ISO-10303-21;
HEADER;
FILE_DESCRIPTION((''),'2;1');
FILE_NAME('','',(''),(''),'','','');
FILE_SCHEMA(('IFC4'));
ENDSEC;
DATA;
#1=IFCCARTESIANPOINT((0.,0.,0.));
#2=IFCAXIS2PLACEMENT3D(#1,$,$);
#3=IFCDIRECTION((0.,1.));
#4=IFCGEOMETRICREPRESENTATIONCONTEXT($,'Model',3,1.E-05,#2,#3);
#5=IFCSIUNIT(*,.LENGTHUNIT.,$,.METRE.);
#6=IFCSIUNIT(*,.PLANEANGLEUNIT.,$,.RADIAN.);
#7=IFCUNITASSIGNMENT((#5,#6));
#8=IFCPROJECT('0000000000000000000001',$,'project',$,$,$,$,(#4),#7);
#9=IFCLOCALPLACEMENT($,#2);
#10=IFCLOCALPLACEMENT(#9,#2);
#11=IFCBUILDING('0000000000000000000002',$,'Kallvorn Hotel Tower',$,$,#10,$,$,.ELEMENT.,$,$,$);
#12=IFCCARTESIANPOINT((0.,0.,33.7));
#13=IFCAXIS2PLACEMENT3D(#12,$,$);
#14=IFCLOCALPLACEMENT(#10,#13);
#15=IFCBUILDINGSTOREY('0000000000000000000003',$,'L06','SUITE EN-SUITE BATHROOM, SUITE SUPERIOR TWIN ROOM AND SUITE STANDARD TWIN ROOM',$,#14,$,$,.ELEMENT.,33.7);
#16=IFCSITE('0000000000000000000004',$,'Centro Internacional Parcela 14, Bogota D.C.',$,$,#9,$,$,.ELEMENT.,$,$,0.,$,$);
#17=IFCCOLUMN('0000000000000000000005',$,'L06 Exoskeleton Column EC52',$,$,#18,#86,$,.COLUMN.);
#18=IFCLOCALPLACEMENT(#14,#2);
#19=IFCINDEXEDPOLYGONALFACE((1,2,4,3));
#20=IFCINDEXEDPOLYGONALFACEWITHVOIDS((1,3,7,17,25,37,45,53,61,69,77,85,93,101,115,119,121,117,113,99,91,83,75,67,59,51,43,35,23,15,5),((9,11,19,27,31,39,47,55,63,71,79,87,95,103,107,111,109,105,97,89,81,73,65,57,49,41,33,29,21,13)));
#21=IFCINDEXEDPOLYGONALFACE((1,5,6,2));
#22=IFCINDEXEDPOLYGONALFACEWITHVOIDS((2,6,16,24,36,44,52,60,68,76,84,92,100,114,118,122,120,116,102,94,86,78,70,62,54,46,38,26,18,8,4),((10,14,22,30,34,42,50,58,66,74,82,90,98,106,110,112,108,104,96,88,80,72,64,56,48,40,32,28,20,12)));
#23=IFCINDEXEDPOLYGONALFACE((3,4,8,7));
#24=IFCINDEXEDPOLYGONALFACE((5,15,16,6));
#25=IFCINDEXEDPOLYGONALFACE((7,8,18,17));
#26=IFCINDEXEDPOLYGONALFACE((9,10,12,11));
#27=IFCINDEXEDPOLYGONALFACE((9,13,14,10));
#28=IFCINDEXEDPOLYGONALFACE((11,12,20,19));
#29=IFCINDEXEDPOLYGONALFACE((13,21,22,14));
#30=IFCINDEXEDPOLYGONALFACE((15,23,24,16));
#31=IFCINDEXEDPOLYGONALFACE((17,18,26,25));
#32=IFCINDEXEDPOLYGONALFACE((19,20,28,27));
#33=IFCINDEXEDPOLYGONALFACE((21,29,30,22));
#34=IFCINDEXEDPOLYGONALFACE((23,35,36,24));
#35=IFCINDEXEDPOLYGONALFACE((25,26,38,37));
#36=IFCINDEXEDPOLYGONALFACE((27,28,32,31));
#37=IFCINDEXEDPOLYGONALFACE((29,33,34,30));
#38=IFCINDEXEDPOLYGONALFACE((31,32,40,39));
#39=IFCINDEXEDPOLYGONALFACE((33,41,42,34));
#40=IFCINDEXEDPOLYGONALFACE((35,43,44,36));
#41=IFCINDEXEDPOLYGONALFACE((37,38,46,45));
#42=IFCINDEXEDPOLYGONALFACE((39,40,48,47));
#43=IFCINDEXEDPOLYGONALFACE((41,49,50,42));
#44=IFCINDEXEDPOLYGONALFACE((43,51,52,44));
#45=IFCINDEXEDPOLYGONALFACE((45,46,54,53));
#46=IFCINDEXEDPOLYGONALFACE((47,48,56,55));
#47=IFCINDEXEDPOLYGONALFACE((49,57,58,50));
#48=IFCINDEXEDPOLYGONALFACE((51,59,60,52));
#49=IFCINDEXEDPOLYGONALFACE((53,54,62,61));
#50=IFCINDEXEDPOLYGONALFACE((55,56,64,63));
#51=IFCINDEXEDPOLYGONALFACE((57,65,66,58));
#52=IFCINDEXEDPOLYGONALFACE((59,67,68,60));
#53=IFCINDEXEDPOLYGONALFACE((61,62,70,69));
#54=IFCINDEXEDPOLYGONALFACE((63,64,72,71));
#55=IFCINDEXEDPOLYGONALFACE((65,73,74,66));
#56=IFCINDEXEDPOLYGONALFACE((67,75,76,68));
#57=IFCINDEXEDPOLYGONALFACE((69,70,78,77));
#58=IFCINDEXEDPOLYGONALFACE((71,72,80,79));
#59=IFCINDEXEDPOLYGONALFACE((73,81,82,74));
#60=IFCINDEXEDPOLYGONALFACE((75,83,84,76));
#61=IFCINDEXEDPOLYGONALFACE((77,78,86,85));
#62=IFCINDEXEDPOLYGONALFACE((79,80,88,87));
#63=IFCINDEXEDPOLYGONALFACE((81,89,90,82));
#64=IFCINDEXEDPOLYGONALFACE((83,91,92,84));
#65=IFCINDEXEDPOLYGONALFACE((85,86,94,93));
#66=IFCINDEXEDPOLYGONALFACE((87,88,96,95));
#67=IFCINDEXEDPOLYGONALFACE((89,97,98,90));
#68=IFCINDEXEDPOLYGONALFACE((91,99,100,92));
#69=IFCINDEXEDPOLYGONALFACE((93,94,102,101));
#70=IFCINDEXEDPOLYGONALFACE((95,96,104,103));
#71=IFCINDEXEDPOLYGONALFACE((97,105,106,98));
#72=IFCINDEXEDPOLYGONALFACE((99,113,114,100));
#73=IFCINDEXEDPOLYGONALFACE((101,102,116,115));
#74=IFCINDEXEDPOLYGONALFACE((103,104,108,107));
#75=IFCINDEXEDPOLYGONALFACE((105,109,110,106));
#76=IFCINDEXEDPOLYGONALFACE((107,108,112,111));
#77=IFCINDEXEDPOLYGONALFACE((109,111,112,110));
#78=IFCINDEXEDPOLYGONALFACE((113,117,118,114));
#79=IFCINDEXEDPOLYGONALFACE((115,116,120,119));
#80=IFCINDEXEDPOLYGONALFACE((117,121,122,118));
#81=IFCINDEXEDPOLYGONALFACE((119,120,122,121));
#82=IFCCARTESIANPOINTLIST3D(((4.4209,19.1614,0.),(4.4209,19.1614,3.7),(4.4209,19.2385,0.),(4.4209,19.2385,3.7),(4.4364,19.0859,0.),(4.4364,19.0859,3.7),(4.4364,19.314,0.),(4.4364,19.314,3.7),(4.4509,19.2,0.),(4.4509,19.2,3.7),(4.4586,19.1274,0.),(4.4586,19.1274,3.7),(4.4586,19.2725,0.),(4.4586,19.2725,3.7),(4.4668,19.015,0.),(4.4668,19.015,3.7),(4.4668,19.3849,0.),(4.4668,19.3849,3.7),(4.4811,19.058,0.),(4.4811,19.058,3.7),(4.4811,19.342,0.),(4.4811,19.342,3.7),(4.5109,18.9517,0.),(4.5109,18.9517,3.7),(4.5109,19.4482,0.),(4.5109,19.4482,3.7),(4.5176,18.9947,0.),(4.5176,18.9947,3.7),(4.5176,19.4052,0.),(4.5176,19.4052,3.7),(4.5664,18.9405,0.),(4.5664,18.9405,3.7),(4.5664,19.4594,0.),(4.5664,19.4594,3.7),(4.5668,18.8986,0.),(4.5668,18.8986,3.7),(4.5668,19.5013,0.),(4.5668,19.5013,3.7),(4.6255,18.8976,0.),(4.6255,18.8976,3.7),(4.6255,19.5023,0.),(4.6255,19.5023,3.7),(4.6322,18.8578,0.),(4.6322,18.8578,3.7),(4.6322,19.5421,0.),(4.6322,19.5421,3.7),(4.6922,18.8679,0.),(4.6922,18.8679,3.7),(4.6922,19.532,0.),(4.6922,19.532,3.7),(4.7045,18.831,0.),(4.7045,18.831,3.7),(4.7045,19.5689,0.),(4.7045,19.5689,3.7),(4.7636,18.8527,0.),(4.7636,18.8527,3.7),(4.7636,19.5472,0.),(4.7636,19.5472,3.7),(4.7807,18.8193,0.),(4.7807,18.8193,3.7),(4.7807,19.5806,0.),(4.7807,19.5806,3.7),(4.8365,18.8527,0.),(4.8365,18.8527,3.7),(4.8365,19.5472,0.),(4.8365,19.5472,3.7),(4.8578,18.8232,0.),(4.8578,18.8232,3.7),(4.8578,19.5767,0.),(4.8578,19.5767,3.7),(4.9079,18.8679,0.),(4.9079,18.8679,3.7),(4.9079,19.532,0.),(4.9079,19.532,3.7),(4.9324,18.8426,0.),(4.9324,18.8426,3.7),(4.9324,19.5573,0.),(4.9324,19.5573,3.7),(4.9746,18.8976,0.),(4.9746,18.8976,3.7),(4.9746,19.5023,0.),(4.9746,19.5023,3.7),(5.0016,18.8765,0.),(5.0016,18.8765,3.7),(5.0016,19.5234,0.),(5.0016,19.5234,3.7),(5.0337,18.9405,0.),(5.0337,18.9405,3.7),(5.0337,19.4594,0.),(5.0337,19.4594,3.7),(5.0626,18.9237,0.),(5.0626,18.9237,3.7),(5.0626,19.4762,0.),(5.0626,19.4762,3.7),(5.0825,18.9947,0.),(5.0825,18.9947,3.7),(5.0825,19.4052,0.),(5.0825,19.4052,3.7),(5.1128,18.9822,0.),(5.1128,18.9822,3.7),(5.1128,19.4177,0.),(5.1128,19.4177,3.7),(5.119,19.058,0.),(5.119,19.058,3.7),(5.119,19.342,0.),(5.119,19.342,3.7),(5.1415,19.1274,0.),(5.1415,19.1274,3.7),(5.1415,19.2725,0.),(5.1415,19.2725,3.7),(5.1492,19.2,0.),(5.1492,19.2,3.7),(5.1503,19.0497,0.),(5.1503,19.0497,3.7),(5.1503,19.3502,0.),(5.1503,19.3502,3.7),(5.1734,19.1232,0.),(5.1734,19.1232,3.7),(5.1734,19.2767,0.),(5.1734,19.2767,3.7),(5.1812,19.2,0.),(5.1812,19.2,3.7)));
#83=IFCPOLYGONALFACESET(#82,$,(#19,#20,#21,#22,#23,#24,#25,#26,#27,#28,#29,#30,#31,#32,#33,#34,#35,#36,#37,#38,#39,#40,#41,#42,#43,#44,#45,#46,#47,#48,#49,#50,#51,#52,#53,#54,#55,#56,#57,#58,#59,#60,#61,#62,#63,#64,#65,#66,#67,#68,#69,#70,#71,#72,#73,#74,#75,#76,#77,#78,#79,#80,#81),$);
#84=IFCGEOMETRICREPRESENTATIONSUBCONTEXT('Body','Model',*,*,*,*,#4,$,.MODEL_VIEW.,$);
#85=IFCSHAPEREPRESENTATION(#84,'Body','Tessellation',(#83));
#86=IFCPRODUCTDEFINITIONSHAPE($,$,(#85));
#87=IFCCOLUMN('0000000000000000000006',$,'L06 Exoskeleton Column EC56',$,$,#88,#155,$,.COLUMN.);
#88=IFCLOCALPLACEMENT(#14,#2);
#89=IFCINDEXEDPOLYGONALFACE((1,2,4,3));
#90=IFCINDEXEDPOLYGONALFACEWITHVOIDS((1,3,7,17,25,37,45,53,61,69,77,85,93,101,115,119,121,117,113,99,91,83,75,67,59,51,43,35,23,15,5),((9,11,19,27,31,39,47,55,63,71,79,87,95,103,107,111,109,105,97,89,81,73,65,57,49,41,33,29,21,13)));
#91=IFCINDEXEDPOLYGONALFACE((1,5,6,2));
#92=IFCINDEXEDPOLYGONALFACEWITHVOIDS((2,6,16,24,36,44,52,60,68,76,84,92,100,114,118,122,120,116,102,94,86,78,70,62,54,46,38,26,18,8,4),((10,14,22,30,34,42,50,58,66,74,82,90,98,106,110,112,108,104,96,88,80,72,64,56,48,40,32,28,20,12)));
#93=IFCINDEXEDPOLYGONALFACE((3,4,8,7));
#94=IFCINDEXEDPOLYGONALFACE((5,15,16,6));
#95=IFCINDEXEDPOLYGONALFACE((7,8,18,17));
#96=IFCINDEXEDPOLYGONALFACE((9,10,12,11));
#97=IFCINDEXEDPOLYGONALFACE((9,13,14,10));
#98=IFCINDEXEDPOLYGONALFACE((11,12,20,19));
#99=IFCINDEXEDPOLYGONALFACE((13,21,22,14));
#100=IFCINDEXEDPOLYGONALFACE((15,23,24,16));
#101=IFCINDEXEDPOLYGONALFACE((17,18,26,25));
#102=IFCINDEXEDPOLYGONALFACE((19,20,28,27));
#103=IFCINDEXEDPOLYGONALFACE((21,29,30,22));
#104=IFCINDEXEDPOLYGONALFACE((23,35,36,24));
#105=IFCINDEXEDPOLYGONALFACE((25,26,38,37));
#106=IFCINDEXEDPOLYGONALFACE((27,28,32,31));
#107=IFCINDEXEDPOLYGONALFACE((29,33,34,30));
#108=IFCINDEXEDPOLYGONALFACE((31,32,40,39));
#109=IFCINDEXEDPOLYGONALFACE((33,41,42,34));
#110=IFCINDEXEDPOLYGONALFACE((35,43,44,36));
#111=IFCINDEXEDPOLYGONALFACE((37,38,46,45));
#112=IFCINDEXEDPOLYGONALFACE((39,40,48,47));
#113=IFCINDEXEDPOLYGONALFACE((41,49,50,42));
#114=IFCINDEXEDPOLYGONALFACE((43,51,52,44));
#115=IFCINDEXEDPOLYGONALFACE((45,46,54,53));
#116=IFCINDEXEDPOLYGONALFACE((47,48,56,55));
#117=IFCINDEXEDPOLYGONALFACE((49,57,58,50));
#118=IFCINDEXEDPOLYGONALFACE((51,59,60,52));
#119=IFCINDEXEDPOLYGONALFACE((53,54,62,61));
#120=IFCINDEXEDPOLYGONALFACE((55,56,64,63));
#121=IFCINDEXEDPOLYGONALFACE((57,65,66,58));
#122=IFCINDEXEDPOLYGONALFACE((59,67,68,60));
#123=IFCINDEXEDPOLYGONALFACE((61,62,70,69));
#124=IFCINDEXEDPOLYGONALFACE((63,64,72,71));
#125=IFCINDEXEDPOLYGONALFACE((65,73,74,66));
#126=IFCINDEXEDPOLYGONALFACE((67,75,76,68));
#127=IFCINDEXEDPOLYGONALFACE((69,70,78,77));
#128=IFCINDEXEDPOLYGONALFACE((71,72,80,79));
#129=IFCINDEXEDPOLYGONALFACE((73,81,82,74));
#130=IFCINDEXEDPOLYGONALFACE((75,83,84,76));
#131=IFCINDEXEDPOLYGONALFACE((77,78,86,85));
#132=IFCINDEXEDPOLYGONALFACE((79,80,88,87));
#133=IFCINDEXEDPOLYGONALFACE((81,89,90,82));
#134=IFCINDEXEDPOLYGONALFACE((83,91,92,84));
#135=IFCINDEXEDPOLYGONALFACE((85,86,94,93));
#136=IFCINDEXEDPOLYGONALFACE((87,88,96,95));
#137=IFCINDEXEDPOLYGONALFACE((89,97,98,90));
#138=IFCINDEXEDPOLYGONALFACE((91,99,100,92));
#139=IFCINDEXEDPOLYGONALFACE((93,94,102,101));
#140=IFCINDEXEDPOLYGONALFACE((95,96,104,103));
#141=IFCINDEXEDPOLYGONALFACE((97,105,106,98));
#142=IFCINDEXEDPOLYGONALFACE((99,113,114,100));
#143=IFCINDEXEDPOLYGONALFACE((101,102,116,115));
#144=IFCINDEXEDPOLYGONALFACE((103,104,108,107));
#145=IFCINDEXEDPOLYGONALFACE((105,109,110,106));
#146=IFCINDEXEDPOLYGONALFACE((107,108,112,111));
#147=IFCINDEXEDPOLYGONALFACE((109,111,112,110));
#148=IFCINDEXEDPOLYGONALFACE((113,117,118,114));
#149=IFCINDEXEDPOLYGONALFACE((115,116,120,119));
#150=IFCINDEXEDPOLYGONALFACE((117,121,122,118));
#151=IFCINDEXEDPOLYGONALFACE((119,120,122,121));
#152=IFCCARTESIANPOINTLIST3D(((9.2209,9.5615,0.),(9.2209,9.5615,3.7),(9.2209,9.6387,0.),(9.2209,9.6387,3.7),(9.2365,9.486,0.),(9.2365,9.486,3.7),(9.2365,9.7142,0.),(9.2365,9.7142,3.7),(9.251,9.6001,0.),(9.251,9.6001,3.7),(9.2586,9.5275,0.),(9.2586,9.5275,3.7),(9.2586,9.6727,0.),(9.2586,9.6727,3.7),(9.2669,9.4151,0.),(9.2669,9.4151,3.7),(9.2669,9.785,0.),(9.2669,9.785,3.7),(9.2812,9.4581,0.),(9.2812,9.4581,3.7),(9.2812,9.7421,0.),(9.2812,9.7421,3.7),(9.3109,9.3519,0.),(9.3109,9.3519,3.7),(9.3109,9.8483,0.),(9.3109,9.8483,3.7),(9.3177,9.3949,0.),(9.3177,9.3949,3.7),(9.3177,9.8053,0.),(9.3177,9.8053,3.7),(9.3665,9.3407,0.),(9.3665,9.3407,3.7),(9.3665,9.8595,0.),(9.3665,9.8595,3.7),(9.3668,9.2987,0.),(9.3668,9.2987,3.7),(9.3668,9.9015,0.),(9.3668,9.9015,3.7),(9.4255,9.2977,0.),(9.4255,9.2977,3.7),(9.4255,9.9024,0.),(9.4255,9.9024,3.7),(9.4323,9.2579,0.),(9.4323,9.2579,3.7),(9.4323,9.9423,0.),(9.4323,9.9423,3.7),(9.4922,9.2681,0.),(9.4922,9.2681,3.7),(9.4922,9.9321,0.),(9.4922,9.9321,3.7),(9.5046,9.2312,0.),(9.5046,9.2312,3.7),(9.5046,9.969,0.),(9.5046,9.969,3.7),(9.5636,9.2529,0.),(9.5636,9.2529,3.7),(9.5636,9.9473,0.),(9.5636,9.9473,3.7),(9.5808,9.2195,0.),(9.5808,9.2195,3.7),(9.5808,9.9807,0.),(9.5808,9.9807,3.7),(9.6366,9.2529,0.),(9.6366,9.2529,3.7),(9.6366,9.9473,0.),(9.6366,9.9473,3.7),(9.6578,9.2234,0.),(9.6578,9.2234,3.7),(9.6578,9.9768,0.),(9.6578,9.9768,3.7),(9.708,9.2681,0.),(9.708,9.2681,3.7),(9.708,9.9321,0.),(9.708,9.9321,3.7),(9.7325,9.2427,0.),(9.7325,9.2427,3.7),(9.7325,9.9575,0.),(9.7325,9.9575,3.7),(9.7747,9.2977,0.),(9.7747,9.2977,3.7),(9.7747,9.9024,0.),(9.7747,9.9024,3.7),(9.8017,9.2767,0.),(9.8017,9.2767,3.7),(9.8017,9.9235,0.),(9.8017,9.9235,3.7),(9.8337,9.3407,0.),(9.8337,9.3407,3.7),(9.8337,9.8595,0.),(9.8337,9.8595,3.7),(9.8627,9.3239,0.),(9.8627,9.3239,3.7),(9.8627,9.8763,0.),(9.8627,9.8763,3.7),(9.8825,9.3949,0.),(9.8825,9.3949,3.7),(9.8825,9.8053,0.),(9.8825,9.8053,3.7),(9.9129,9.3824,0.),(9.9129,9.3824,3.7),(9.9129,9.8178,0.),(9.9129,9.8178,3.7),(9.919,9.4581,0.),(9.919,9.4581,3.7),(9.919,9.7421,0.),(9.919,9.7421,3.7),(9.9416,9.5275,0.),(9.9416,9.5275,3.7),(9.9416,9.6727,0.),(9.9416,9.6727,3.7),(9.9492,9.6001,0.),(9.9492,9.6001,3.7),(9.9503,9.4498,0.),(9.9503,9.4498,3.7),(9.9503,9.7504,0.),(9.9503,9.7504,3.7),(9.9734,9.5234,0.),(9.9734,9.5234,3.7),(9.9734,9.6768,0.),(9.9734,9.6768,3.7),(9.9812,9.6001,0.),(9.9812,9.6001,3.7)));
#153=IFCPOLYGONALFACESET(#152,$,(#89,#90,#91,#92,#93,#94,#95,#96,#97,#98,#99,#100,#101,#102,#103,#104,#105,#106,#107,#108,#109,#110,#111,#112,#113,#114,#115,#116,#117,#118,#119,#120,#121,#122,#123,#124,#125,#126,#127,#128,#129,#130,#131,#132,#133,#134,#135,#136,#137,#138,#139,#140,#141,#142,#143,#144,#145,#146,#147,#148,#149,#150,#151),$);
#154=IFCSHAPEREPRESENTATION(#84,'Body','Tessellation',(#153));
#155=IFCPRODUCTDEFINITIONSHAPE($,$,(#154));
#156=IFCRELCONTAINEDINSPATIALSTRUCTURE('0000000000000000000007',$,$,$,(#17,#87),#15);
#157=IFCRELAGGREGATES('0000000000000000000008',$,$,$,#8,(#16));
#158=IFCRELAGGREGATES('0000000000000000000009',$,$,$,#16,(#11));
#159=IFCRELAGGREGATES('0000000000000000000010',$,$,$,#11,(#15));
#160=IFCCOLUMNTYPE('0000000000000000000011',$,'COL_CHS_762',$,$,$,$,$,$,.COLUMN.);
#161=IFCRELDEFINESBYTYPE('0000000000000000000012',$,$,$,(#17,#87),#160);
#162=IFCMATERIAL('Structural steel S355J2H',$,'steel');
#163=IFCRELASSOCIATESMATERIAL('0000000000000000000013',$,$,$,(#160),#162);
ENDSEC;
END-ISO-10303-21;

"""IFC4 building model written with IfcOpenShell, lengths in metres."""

from ifc_helpers import new_model, si_unit, direction, frame, origin, origin_2d, place, context, subcontext, project, spatial, hollow_circle, extrude, material, material_profile, profile_set, type_object, element, save


model = new_model("IFC4")

# Units and contexts
model_context = context("Model", 3, precision=1e-05, world=origin(), true_north=direction((0.0, 1.0)))
body_context = subcontext(model_context, "Body", "Model", "MODEL_VIEW")
ifc_project = project(units=[si_unit("LENGTHUNIT", "METRE"), si_unit("PLANEANGLEUNIT", "RADIAN")], contexts=[model_context])

# Site, building, storey
site_placement = place(None, origin())
site = spatial("IfcSite", under=ifc_project, at=site_placement, Name="Centro Internacional Parcela 14, Bogota D.C.", CompositionType="ELEMENT", RefElevation=0.0)
building_placement = place(site_placement, origin())
building = spatial("IfcBuilding", under=site, at=building_placement, Name="Kallvorn Hotel Tower", CompositionType="ELEMENT")
storey_placement = place(building_placement, frame((0.0, 0.0, 33.7)))
storey = spatial("IfcBuildingStorey", under=building, at=storey_placement, Name="L06", Description="SUITE EN-SUITE BATHROOM, SUITE SUPERIOR TWIN ROOM AND SUITE STANDARD TWIN ROOM", CompositionType="ELEMENT", Elevation=33.7)

# Columns
ifc_material_1 = material(Name="Structural steel S355J2H", Category="steel")
ifc_material_profile_1 = material_profile(ifc_material_1, hollow_circle(Radius=0.3811, WallThickness=0.032, at=origin_2d()), Name="CHS 762x32")
ifc_profile_set_1 = profile_set([ifc_material_profile_1], Name="Structural steel S355J2H")
column_type_1 = type_object("IfcColumnType", Name="COL_CHS_762", PredefinedType="COLUMN", material=ifc_profile_set_1)
for number, where, z_axis, x_axis, name in (
    (1, (4.8, 19.2, 0.0), (0.0, 0.0, 1.0), (1.0, 0.0, 0.0), "L06 Exoskeleton Column EC52"),
    (2, (9.6001, 9.6001, 0.0), (0.0, 0.0, 1.0), (1.0, 0.0, 0.0), "L06 Exoskeleton Column EC56"),
):
    element("IfcColumn", number, at=place(storey_placement, frame(where, z_axis=z_axis, x_axis=x_axis)), inside=storey, type_object=column_type_1, Name=name, PredefinedType="COLUMN", context=body_context, shape_type="SweptSolid", body=[
        extrude(hollow_circle(Radius=0.3811, WallThickness=0.032, at=origin_2d()), origin(), (0.0, 0.0, 1.0), 3.7),
    ])

save(model, "model.ifc")
